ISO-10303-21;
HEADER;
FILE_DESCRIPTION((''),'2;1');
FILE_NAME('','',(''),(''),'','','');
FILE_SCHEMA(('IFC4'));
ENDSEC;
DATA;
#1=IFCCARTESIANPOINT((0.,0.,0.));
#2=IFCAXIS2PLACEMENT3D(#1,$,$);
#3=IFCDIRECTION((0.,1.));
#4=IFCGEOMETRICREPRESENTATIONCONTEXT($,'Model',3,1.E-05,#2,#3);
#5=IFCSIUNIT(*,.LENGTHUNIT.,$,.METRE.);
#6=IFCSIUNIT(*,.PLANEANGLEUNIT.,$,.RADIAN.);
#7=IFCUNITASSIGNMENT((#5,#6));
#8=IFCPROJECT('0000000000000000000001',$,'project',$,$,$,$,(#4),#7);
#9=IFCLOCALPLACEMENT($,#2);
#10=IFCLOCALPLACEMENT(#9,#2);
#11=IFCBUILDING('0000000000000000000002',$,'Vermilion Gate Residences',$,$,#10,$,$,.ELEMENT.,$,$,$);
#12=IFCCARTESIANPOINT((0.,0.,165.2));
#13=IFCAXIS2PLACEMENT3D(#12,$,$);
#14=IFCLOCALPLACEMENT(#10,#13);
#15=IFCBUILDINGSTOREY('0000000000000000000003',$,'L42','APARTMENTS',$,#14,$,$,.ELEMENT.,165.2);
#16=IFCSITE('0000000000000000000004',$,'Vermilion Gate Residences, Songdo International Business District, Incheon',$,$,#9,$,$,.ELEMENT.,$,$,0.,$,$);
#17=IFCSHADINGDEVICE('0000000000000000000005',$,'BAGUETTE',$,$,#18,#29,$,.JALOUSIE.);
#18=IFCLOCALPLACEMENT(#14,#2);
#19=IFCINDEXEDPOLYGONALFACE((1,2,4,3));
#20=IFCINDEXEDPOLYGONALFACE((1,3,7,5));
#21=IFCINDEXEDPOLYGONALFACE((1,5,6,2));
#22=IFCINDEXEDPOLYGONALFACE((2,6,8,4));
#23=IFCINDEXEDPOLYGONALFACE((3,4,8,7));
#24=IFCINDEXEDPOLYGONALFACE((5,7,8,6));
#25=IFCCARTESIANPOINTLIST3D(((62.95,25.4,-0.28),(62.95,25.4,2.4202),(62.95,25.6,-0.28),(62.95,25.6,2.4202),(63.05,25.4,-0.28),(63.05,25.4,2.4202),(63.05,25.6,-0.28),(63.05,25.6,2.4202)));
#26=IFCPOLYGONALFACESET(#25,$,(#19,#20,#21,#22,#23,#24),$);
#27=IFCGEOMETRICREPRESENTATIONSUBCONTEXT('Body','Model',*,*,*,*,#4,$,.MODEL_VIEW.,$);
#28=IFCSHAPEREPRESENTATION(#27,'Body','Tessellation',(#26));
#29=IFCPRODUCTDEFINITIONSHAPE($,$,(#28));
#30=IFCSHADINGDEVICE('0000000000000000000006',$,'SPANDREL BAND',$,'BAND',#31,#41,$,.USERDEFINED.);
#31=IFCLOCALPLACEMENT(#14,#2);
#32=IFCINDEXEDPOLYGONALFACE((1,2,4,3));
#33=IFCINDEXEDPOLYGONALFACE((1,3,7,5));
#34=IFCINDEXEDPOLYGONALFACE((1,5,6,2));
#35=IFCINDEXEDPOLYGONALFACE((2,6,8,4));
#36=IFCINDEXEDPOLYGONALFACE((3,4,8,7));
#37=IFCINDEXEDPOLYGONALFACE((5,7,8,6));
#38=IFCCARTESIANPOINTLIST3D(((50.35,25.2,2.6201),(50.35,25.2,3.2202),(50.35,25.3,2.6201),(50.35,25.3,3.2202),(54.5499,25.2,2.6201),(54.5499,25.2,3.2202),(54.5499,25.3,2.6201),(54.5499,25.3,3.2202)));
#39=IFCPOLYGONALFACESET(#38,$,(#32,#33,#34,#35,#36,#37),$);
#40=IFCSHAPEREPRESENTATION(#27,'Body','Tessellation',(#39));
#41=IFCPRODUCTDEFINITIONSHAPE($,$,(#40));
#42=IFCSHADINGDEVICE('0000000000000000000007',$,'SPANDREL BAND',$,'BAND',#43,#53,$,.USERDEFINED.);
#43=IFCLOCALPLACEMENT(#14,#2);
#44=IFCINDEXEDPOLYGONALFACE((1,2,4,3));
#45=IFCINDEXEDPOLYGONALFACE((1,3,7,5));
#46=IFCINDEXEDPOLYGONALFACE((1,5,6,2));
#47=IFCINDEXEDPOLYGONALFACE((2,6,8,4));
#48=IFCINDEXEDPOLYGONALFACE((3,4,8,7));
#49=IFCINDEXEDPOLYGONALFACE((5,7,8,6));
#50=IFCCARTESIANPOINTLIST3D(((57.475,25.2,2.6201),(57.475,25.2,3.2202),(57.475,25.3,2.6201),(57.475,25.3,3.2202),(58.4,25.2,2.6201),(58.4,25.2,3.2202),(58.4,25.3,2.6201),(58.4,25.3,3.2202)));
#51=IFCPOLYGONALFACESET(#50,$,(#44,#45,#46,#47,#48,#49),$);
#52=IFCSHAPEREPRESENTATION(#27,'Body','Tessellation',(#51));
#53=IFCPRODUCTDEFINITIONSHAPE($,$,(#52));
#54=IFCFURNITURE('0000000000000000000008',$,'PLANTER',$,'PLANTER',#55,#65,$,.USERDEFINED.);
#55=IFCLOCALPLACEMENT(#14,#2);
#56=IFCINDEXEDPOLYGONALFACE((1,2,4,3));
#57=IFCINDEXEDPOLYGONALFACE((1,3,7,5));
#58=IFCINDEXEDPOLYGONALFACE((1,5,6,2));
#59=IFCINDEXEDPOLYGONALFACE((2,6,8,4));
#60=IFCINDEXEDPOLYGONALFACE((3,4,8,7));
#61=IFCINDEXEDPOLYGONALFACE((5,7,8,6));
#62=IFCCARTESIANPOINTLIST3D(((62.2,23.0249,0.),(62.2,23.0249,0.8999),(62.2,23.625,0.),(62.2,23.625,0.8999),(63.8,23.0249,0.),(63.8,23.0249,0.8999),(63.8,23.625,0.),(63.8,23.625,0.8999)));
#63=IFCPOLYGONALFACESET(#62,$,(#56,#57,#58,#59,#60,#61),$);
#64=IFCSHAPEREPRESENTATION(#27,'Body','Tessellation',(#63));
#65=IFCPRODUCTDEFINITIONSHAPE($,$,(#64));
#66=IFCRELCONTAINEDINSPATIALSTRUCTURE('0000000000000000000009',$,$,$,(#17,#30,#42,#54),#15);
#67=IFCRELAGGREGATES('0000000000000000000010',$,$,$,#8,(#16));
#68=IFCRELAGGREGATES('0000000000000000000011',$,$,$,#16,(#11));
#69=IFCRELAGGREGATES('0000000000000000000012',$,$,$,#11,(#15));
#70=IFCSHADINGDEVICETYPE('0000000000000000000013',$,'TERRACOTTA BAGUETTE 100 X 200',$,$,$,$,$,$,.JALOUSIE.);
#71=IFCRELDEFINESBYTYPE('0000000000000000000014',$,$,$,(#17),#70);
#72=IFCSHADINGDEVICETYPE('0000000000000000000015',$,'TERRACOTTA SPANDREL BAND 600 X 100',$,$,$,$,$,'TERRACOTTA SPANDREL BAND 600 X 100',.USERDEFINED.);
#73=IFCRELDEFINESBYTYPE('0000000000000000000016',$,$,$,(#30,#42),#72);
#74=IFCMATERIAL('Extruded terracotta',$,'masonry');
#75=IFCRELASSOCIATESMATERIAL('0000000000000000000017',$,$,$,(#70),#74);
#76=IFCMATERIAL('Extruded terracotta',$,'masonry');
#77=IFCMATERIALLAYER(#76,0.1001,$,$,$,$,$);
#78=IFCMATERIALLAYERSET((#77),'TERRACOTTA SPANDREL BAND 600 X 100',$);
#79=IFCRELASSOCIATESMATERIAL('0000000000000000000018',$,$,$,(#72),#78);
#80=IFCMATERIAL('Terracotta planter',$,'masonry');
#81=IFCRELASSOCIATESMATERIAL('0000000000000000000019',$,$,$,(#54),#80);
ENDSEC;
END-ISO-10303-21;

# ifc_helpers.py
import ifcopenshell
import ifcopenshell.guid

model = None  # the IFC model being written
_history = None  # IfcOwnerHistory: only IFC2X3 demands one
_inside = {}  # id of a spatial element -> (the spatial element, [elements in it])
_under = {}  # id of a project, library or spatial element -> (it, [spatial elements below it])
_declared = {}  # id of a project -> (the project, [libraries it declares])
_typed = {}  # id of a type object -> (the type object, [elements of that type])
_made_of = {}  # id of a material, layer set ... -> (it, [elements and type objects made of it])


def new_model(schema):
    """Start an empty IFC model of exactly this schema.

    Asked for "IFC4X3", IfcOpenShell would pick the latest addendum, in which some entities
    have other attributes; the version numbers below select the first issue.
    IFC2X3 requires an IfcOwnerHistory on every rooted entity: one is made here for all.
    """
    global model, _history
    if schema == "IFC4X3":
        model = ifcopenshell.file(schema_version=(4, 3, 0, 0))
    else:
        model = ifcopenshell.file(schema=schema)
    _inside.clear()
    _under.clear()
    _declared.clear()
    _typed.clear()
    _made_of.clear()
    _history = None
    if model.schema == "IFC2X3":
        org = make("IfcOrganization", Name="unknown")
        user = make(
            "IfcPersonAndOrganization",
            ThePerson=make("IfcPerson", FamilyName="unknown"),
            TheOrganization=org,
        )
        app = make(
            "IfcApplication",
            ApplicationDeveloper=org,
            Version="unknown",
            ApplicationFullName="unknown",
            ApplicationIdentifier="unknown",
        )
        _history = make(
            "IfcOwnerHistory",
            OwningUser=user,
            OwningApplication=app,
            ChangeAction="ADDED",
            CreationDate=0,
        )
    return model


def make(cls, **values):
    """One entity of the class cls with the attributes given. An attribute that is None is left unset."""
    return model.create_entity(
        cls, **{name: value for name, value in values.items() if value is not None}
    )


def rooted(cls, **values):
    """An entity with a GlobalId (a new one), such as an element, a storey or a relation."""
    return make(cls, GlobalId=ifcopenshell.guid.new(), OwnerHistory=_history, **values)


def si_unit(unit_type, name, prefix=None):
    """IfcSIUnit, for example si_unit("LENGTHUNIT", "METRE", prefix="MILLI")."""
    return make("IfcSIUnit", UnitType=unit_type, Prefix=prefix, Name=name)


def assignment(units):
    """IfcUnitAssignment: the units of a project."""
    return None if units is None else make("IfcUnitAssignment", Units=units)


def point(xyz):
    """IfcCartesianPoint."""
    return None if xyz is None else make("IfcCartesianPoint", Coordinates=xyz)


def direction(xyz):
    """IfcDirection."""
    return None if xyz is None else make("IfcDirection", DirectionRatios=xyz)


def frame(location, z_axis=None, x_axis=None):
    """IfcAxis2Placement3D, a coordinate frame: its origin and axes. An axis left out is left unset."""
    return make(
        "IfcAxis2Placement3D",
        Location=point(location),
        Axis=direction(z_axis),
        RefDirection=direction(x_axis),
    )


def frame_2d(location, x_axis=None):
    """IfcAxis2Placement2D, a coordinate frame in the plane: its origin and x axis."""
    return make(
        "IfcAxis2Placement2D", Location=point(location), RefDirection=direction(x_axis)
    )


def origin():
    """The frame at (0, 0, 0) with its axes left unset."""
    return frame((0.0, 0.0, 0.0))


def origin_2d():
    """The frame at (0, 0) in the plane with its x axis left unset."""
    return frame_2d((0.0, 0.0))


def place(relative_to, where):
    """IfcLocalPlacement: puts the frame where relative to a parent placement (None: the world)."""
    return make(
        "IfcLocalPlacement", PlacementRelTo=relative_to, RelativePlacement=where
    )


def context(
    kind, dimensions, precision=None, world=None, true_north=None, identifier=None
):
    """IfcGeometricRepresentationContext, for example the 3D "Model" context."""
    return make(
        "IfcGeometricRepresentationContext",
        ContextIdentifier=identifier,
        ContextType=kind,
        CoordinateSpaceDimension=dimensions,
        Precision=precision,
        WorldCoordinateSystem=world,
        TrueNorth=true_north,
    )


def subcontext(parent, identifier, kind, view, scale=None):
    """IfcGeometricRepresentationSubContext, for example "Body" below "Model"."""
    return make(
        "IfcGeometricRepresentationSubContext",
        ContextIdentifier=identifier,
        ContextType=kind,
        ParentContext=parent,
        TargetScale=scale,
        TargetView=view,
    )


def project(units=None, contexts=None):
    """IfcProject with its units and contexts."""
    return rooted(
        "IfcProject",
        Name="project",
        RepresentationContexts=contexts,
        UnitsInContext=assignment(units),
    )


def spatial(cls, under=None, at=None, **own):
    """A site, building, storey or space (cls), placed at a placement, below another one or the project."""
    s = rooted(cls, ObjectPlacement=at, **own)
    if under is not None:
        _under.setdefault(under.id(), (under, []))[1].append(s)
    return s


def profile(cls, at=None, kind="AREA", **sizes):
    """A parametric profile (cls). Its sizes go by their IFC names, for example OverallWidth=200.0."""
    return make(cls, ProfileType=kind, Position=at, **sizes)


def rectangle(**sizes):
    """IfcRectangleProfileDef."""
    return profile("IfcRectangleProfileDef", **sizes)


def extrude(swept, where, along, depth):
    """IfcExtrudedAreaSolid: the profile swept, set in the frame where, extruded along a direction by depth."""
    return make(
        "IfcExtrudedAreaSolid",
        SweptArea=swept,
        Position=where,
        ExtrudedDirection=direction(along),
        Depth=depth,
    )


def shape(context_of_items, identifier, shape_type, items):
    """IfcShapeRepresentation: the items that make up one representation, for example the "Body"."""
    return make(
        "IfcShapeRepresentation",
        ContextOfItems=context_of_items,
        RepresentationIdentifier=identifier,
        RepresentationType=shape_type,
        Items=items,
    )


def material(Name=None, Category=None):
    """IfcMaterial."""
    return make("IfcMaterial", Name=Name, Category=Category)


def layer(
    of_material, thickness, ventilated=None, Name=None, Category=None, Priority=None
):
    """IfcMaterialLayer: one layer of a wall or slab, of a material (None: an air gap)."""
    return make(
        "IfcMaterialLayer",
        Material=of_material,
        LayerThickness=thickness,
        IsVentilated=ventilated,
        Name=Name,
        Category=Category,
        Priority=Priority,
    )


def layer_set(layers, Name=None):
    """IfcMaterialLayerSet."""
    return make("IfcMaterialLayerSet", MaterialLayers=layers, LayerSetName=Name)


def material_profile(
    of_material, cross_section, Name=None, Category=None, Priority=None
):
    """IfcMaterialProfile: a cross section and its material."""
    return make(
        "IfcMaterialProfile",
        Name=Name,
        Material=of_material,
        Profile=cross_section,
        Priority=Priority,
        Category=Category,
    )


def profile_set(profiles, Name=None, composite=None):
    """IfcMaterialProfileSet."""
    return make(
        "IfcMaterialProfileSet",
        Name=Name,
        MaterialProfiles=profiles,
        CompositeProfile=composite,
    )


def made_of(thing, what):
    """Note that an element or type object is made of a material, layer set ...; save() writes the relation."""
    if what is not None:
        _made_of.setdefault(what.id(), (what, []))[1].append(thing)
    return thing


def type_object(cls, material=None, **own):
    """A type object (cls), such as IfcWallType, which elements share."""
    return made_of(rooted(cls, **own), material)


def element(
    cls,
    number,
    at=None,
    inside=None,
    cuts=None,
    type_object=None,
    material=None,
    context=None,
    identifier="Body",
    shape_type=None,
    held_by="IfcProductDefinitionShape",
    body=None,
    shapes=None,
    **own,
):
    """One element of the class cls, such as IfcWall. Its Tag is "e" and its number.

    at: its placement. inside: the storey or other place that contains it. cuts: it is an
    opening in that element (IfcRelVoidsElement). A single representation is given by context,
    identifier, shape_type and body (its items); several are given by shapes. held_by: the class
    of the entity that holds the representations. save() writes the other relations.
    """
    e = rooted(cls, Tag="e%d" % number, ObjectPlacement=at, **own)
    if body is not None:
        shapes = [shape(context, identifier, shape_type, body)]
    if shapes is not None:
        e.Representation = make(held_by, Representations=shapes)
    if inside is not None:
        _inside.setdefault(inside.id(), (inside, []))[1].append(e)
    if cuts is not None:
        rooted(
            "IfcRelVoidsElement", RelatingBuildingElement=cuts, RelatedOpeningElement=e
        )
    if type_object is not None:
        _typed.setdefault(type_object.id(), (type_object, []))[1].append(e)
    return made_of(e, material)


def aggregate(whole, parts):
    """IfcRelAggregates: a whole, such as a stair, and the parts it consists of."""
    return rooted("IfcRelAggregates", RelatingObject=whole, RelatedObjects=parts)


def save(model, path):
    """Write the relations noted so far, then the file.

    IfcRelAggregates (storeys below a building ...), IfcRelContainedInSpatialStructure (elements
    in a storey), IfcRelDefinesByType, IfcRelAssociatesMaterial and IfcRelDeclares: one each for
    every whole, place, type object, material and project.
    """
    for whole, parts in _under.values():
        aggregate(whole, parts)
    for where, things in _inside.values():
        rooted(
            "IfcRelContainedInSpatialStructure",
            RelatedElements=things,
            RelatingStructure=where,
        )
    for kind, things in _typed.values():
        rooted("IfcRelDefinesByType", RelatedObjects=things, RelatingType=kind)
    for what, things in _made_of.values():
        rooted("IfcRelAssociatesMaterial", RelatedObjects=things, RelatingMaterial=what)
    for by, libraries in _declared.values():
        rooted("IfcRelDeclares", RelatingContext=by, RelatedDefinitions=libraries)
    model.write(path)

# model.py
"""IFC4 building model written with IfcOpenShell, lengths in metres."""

from ifc_helpers import new_model, si_unit, direction, frame, origin, origin_2d, place, context, subcontext, project, spatial, rectangle, extrude, material, layer, layer_set, material_profile, profile_set, type_object, element, save


model = new_model("IFC4")

# Units and contexts
model_context = context("Model", 3, precision=1e-05, world=origin(), true_north=direction((0.0, 1.0)))
body_context = subcontext(model_context, "Body", "Model", "MODEL_VIEW")
ifc_project = project(units=[si_unit("LENGTHUNIT", "METRE"), si_unit("PLANEANGLEUNIT", "RADIAN")], contexts=[model_context])

# Site, building, storey
site_placement = place(None, origin())
site = spatial("IfcSite", under=ifc_project, at=site_placement, Name="Vermilion Gate Residences, Songdo International Business District, Incheon", CompositionType="ELEMENT", RefElevation=0.0)
building_placement = place(site_placement, origin())
building = spatial("IfcBuilding", under=site, at=building_placement, Name="Vermilion Gate Residences", CompositionType="ELEMENT")
storey_placement = place(building_placement, frame((0.0, 0.0, 165.2)))
storey = spatial("IfcBuildingStorey", under=building, at=storey_placement, Name="L42", Description="APARTMENTS", CompositionType="ELEMENT", Elevation=165.2)

# Shading devices
ifc_material_1 = material(Name="Extruded terracotta", Category="masonry")
ifc_material_profile_1 = material_profile(ifc_material_1, rectangle(XDim=0.2, YDim=0.1001, at=origin_2d()), Name="BAGUETTE 100 X 200")
ifc_profile_set_1 = profile_set([ifc_material_profile_1], Name="Extruded terracotta")
shading_device_type_1 = type_object("IfcShadingDeviceType", Name="TERRACOTTA BAGUETTE 100 X 200", PredefinedType="JALOUSIE", material=ifc_profile_set_1)
for number, where, z_axis, x_axis, name in (
    (1, (63.0, 25.5, -0.28), (0.0, 0.0, 1.0), (0.0, -1.0, 0.0), "BAGUETTE"),
):
    element("IfcShadingDevice", number, at=place(storey_placement, frame(where, z_axis=z_axis, x_axis=x_axis)), inside=storey, type_object=shading_device_type_1, Name=name, PredefinedType="JALOUSIE", context=body_context, shape_type="SweptSolid", body=[
        extrude(rectangle(XDim=0.2, YDim=0.1001, at=origin_2d()), origin(), (0.0, 0.0, 1.0), 2.7002),
    ])
ifc_material_2 = material(Name="Extruded terracotta", Category="masonry")
ifc_layer_1 = layer(ifc_material_2, 0.1001)
ifc_layer_set_1 = layer_set([ifc_layer_1], Name="TERRACOTTA SPANDREL BAND 600 X 100")
shading_device_type_2 = type_object("IfcShadingDeviceType", Name="TERRACOTTA SPANDREL BAND 600 X 100", ElementType="TERRACOTTA SPANDREL BAND 600 X 100", PredefinedType="USERDEFINED", material=ifc_layer_set_1)
shading_device_1_placement = place(storey_placement, frame((52.45, 25.25, 2.6201), z_axis=(0.0, 0.0, 1.0), x_axis=(1.0, 0.0, 0.0)))
element("IfcShadingDevice", 2, at=shading_device_1_placement, inside=storey, type_object=shading_device_type_2, Name="SPANDREL BAND", ObjectType="BAND", PredefinedType="USERDEFINED", context=body_context, shape_type="SweptSolid", body=[
    extrude(rectangle(XDim=4.2, YDim=0.1001, at=origin_2d()), origin(), (0.0, 0.0, 1.0), 0.6001),
])
shading_device_2_placement = place(storey_placement, frame((57.9375, 25.25, 2.6201), z_axis=(0.0, 0.0, 1.0), x_axis=(1.0, 0.0, 0.0)))
element("IfcShadingDevice", 3, at=shading_device_2_placement, inside=storey, type_object=shading_device_type_2, Name="SPANDREL BAND", ObjectType="BAND", PredefinedType="USERDEFINED", context=body_context, shape_type="SweptSolid", body=[
    extrude(rectangle(XDim=0.925, YDim=0.1001, at=origin_2d()), origin(), (0.0, 0.0, 1.0), 0.6001),
])

# Furniture
ifc_material_3 = material(Name="Terracotta planter", Category="masonry")
furniture_placement = place(storey_placement, frame((63.0, 23.325, 0.0), z_axis=(0.0, 0.0, 1.0), x_axis=(-1.0, 0.0, 0.0)))
element("IfcFurniture", 4, at=furniture_placement, inside=storey, material=ifc_material_3, Name="PLANTER", ObjectType="PLANTER", PredefinedType="USERDEFINED", context=body_context, shape_type="SweptSolid", body=[
    extrude(rectangle(XDim=1.6001, YDim=0.6001, at=origin_2d()), origin(), (0.0, 0.0, 1.0), 0.8999),
])

save(model, "model.ifc")
